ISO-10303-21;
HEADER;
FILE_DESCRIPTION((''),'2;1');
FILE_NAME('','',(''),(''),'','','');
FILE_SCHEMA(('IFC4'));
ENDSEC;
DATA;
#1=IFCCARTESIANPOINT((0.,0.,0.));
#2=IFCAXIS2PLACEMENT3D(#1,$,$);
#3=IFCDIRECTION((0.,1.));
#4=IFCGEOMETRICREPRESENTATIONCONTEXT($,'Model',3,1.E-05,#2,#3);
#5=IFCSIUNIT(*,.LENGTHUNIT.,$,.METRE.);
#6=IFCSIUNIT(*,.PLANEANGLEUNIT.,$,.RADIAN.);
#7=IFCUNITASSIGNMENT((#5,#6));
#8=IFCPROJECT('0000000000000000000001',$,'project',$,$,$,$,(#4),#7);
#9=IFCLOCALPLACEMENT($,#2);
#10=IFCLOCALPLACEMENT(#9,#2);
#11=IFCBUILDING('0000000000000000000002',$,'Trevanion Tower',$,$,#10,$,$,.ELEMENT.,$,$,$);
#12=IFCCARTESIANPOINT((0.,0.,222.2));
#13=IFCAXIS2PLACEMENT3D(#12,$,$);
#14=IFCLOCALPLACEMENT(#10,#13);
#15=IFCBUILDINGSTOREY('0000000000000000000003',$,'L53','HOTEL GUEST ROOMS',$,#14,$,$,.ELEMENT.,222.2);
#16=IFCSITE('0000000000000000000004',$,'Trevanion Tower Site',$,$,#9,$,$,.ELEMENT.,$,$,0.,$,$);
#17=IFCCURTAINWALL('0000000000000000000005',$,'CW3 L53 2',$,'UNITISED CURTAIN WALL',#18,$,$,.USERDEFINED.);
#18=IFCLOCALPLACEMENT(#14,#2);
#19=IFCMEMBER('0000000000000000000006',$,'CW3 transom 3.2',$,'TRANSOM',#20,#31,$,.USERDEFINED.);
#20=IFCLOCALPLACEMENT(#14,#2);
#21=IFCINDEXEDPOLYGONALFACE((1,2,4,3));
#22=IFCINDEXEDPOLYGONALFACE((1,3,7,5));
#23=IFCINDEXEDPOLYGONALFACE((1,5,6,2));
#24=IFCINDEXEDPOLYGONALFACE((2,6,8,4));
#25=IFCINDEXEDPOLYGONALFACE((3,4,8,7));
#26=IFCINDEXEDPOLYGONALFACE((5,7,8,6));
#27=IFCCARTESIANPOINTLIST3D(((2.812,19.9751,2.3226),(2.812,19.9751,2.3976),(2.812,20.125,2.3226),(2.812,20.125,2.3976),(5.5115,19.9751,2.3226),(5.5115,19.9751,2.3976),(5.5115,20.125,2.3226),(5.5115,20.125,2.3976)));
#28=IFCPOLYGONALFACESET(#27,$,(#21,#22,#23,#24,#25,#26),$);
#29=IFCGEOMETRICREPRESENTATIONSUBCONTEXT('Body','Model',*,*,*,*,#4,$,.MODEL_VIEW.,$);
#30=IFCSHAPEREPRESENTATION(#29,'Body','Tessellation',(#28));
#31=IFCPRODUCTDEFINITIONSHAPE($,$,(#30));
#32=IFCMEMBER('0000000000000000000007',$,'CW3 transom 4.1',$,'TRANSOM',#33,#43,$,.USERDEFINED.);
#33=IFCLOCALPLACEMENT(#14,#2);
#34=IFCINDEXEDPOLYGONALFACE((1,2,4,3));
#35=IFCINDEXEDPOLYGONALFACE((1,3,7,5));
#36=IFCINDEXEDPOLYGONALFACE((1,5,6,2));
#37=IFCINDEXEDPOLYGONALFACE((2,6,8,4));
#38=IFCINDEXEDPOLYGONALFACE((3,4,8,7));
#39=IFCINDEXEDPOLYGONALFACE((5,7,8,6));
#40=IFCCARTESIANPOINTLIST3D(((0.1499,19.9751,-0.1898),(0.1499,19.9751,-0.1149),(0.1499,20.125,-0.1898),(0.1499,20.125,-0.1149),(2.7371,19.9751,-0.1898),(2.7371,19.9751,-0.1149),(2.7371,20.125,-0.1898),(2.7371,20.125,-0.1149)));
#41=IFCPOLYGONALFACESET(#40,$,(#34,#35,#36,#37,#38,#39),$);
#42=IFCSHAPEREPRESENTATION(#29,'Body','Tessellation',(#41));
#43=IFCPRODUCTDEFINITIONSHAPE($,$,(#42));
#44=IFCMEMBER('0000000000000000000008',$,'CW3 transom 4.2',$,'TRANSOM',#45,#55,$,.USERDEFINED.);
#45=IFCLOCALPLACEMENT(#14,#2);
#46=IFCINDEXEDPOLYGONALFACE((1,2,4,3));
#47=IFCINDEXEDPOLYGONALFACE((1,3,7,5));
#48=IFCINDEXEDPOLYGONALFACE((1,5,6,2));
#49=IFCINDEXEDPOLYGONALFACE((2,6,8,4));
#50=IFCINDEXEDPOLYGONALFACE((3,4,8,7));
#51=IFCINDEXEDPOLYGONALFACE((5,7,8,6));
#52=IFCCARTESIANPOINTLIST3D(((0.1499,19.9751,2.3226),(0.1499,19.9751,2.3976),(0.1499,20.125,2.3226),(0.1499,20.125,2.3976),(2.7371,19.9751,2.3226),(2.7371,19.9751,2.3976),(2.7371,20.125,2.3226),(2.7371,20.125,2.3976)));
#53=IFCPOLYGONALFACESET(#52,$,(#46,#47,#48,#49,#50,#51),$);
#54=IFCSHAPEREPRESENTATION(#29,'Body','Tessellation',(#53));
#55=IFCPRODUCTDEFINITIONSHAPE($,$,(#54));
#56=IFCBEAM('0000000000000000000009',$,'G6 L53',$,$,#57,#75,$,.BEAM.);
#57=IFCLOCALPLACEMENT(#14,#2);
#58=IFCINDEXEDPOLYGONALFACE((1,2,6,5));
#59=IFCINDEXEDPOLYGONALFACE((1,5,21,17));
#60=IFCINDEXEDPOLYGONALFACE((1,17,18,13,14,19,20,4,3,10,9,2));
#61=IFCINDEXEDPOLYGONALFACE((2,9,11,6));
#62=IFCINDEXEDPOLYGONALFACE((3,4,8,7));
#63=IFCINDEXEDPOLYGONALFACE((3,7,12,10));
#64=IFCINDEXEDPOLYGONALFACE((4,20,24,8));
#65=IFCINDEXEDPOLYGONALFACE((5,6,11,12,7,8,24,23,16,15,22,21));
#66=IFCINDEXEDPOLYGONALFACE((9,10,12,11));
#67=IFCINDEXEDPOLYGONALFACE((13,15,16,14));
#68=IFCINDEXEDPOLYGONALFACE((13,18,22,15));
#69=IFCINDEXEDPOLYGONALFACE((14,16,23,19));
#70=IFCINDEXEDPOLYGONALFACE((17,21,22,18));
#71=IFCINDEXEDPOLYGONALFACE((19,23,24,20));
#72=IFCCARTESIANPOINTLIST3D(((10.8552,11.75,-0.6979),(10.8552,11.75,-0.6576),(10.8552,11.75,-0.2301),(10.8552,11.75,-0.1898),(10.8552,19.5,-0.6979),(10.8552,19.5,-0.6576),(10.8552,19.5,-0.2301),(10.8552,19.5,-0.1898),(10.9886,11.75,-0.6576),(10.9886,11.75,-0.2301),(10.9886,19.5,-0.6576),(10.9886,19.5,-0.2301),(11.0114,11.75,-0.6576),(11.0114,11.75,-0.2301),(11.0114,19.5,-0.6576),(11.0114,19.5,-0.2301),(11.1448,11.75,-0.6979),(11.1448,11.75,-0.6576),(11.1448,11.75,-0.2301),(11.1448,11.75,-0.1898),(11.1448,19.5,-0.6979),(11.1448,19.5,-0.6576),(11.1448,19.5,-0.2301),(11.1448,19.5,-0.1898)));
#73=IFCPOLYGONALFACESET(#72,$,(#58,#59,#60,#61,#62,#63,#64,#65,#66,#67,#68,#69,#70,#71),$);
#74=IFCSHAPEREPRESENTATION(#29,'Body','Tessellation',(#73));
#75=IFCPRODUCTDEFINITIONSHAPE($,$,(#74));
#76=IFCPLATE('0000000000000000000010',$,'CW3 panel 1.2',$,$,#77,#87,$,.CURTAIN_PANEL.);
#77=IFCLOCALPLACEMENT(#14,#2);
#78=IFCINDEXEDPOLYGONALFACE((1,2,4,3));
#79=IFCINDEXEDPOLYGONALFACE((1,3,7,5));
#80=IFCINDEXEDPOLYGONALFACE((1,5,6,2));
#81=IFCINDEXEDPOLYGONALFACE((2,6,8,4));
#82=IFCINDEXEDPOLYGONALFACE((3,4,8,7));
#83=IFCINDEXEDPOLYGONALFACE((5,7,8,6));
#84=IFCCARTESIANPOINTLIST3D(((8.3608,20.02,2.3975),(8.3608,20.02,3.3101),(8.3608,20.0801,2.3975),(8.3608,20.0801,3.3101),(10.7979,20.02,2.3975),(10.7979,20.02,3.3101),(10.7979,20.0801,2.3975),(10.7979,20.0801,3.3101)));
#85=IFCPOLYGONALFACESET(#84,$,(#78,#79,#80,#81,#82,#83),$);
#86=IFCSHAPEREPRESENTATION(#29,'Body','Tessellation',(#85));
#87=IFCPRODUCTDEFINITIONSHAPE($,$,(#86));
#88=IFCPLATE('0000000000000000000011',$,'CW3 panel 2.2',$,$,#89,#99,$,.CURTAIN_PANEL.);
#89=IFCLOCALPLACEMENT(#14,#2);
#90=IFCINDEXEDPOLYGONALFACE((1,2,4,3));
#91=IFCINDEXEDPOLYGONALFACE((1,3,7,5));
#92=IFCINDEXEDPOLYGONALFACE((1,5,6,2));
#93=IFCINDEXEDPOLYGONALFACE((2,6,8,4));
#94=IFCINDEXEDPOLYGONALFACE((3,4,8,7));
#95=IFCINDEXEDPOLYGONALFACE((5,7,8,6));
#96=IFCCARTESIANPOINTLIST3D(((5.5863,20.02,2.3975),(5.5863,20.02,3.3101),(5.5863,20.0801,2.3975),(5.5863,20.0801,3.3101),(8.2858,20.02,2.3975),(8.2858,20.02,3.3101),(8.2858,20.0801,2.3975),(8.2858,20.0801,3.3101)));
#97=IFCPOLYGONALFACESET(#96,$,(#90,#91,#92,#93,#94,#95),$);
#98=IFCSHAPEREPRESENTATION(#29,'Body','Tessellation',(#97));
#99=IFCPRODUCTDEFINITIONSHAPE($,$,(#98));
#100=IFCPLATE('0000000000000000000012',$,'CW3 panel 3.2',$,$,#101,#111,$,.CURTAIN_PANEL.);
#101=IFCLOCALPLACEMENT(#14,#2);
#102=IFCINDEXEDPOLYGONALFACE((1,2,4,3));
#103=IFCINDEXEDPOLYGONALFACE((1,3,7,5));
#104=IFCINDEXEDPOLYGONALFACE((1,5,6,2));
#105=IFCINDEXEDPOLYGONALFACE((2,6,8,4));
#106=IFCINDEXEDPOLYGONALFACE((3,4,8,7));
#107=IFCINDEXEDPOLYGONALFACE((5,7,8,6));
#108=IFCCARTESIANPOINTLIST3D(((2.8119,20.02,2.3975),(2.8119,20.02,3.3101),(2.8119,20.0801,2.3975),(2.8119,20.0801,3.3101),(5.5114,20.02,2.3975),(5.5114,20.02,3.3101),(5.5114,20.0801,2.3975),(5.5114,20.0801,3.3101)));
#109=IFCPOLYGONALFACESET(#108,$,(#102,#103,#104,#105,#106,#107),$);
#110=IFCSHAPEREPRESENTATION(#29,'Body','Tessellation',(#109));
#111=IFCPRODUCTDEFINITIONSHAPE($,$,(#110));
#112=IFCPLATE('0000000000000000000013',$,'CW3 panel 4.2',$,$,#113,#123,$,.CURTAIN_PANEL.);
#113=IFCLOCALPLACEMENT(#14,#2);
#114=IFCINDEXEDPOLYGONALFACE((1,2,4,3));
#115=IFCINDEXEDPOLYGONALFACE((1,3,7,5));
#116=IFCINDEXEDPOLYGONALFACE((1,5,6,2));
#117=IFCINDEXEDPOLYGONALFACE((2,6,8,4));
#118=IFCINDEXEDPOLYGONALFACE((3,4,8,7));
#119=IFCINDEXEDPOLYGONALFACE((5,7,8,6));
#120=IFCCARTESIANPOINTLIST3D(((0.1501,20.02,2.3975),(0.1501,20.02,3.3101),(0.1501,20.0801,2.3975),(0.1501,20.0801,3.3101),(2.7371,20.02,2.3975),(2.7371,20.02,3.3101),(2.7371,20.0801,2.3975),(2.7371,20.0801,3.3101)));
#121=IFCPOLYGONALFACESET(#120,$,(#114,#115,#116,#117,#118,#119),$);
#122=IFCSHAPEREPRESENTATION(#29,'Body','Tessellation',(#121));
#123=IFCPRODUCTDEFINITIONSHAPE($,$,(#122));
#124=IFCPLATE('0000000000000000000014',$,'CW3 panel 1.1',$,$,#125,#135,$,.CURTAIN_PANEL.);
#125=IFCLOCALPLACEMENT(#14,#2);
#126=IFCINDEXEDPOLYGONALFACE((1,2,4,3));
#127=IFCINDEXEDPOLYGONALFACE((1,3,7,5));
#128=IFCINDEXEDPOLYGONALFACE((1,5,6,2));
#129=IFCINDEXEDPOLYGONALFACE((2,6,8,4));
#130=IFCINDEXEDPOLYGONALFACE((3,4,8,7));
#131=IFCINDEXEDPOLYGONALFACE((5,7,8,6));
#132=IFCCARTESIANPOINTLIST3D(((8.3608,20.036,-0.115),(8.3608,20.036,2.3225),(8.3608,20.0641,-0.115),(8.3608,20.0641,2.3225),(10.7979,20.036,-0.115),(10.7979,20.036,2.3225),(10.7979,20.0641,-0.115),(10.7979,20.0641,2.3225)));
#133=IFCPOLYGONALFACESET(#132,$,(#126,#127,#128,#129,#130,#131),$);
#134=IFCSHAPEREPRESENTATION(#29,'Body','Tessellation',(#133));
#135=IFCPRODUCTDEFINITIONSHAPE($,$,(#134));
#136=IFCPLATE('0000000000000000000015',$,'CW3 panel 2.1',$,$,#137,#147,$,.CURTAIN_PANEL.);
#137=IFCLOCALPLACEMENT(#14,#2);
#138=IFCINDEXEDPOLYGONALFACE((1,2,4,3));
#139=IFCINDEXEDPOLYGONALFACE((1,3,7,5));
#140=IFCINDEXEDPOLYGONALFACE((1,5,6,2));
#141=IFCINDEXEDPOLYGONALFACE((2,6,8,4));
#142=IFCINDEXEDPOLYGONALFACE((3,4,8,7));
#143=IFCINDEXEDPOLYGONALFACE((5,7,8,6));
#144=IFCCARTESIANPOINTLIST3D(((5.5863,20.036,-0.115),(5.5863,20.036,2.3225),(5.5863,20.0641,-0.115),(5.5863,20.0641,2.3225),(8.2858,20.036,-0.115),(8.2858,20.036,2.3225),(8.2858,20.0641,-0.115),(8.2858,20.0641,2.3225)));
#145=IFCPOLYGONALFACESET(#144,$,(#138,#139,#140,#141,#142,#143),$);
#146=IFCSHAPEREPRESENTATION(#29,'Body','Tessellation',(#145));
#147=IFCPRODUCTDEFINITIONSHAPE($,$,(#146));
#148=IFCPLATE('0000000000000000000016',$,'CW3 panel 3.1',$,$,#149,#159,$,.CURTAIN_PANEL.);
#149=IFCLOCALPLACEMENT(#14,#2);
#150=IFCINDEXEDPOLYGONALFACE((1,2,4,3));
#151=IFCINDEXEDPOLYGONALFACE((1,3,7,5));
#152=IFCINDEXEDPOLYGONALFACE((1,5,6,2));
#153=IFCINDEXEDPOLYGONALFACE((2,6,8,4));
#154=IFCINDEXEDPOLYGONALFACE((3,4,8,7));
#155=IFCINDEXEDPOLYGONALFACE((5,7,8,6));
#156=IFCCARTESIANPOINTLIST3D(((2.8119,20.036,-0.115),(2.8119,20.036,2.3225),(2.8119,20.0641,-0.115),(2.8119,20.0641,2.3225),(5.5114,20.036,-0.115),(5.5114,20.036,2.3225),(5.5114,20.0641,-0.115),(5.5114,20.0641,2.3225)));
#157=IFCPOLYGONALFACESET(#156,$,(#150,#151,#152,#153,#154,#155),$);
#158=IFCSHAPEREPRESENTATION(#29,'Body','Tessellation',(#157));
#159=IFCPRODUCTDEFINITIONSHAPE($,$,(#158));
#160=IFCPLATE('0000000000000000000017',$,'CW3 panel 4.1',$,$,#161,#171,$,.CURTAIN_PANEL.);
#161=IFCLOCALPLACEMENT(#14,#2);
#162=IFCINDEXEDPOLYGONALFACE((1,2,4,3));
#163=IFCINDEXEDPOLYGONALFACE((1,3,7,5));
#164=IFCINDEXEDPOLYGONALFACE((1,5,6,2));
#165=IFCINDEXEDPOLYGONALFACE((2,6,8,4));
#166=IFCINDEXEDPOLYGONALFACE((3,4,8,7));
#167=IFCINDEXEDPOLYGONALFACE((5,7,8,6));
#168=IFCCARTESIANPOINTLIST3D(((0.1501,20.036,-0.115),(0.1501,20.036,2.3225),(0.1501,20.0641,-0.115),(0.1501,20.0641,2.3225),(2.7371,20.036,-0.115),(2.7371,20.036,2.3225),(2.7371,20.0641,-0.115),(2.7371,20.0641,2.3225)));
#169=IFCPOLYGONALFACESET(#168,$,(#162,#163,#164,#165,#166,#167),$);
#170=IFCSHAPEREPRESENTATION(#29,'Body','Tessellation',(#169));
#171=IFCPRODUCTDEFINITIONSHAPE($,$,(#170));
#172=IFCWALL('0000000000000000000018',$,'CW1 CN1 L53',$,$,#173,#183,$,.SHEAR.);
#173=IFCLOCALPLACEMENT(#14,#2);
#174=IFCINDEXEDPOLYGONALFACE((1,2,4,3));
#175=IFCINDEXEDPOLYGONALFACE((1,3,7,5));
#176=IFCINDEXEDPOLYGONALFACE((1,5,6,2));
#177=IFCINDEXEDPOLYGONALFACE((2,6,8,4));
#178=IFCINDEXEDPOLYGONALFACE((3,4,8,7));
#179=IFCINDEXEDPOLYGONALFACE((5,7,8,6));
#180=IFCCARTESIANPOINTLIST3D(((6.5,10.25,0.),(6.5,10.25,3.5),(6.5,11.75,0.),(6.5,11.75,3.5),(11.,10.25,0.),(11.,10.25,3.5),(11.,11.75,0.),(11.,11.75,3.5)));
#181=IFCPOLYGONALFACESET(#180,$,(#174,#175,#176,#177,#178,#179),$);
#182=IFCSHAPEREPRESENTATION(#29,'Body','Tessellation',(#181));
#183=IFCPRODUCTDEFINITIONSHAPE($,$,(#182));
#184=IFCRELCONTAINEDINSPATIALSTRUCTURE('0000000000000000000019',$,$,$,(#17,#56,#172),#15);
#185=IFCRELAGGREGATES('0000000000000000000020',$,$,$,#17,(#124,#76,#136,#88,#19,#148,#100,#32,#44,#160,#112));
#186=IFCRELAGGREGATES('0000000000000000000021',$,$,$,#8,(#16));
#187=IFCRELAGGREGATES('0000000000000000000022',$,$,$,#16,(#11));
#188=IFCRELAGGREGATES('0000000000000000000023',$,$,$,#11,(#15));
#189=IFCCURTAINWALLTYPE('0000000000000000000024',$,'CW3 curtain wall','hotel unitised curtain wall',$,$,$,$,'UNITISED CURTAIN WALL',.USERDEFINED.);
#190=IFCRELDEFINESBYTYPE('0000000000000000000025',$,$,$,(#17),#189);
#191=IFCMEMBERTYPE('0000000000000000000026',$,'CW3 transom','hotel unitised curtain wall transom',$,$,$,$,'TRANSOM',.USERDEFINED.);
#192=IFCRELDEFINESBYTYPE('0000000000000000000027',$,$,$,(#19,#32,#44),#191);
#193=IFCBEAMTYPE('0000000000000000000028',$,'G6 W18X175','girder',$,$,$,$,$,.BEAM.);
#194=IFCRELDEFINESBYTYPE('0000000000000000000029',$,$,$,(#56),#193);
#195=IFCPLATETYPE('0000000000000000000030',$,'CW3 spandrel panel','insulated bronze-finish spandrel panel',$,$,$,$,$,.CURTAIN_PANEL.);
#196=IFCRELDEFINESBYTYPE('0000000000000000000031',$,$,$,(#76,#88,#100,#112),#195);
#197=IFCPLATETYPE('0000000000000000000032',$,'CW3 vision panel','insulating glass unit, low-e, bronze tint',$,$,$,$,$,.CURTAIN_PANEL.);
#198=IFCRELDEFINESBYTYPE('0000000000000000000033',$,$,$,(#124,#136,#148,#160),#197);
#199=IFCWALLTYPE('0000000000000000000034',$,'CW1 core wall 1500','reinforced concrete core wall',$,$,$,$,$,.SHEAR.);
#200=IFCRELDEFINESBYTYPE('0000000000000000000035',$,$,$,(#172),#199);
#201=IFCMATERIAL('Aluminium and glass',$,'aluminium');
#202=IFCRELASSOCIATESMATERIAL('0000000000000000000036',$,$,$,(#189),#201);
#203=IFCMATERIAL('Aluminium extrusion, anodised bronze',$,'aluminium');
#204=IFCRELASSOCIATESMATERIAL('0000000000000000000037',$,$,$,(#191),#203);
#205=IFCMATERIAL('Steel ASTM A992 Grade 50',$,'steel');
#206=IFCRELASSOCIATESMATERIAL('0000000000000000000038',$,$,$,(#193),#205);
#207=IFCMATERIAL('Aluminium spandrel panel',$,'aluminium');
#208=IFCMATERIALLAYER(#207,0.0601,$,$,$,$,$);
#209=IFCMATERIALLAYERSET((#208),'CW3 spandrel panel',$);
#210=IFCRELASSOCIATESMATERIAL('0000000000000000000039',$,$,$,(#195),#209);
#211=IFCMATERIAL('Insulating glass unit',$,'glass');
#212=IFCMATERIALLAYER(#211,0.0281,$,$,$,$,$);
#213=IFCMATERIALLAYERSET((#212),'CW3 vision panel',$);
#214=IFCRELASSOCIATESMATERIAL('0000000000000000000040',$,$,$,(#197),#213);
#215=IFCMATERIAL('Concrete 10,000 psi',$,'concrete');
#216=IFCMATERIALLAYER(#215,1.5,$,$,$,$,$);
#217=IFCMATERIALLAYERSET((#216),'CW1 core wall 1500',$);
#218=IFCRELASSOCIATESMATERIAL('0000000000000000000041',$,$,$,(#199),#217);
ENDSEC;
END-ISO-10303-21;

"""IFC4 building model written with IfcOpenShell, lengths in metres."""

from ifc_helpers import new_model, si_unit, direction, frame, frame_2d, origin, origin_2d, place, context, subcontext, project, spatial, rectangle, i_section, extrude, material, layer, layer_set, material_profile, profile_set, type_object, element, aggregate, save


model = new_model("IFC4")

# Units and contexts
model_context = context("Model", 3, precision=1e-05, world=origin(), true_north=direction((0.0, 1.0)))
body_context = subcontext(model_context, "Body", "Model", "MODEL_VIEW")
ifc_project = project(units=[si_unit("LENGTHUNIT", "METRE"), si_unit("PLANEANGLEUNIT", "RADIAN")], contexts=[model_context])

# Site, building, storey
site_placement = place(None, origin())
site = spatial("IfcSite", under=ifc_project, at=site_placement, Name="Trevanion Tower Site", CompositionType="ELEMENT", RefElevation=0.0)
building_placement = place(site_placement, origin())
building = spatial("IfcBuilding", under=site, at=building_placement, Name="Trevanion Tower", CompositionType="ELEMENT")
storey_placement = place(building_placement, frame((0.0, 0.0, 222.2)))
storey = spatial("IfcBuildingStorey", under=building, at=storey_placement, Name="L53", Description="HOTEL GUEST ROOMS", CompositionType="ELEMENT", Elevation=222.2)

# Curtain wall, members
ifc_material_1 = material(Name="Aluminium and glass", Category="aluminium")
curtain_wall_type = type_object("IfcCurtainWallType", Name="CW3 curtain wall", Description="hotel unitised curtain wall", ElementType="UNITISED CURTAIN WALL", PredefinedType="USERDEFINED", material=ifc_material_1)
curtain_wall_placement = place(storey_placement, origin())
curtain_wall = element("IfcCurtainWall", 1, at=curtain_wall_placement, inside=storey, type_object=curtain_wall_type, Name="CW3 L53 2", ObjectType="UNITISED CURTAIN WALL", PredefinedType="USERDEFINED")
ifc_material_2 = material(Name="Aluminium extrusion, anodised bronze", Category="aluminium")
ifc_material_profile_1 = material_profile(ifc_material_2, rectangle(XDim=0.1499, YDim=0.075, at=origin_2d()), Name="CW3 transom")
ifc_profile_set_1 = profile_set([ifc_material_profile_1], Name="Aluminium extrusion, anodised bronze")
member_type_1 = type_object("IfcMemberType", Name="CW3 transom", Description="hotel unitised curtain wall transom", ElementType="TRANSOM", PredefinedType="USERDEFINED", material=ifc_profile_set_1)
member_1_placement = place(storey_placement, frame((5.5115, 20.05, 2.3601), z_axis=(-1.0, 0.0, 0.0), x_axis=(0.0, -1.0, 0.0)))
member_1 = element("IfcMember", 2, at=member_1_placement, type_object=member_type_1, Name="CW3 transom 3.2", ObjectType="TRANSOM", PredefinedType="USERDEFINED", context=body_context, shape_type="SweptSolid", body=[
    extrude(rectangle(XDim=0.1499, YDim=0.075, at=origin_2d()), origin(), (0.0, 0.0, 1.0), 2.6995),
])
member_2_placement = place(storey_placement, frame((2.7371, 20.05, -0.1523), z_axis=(-1.0, 0.0, 0.0), x_axis=(0.0, -1.0, 0.0)))
member_2 = element("IfcMember", 3, at=member_2_placement, type_object=member_type_1, Name="CW3 transom 4.1", ObjectType="TRANSOM", PredefinedType="USERDEFINED", context=body_context, shape_type="SweptSolid", body=[
    extrude(rectangle(XDim=0.1499, YDim=0.075, at=origin_2d()), origin(), (0.0, 0.0, 1.0), 2.5872),
])
member_3_placement = place(storey_placement, frame((2.7371, 20.05, 2.3601), z_axis=(-1.0, 0.0, 0.0), x_axis=(0.0, -1.0, 0.0)))
member_3 = element("IfcMember", 4, at=member_3_placement, type_object=member_type_1, Name="CW3 transom 4.2", ObjectType="TRANSOM", PredefinedType="USERDEFINED", context=body_context, shape_type="SweptSolid", body=[
    extrude(rectangle(XDim=0.1499, YDim=0.075, at=origin_2d()), origin(), (0.0, 0.0, 1.0), 2.5872),
])

# Beam
ifc_material_3 = material(Name="Steel ASTM A992 Grade 50", Category="steel")
ifc_material_profile_2 = material_profile(ifc_material_3, i_section(OverallWidth=0.2896, OverallDepth=0.5081, WebThickness=0.0227, FlangeThickness=0.0403, at=origin_2d()), Name="W18X175")
ifc_profile_set_2 = profile_set([ifc_material_profile_2], Name="Steel ASTM A992 Grade 50")
beam_type_1 = type_object("IfcBeamType", Name="G6 W18X175", Description="girder", PredefinedType="BEAM", material=ifc_profile_set_2)
beam_placement = place(storey_placement, frame((11.0, 11.75, -0.4438), z_axis=(0.0, 1.0, 0.0), x_axis=(-1.0, 0.0, 0.0)))
element("IfcBeam", 5, at=beam_placement, inside=storey, type_object=beam_type_1, Name="G6 L53", PredefinedType="BEAM", context=body_context, shape_type="SweptSolid", body=[
    extrude(i_section(OverallWidth=0.2896, OverallDepth=0.5081, WebThickness=0.0227, FlangeThickness=0.0403, at=origin_2d()), origin(), (0.0, 0.0, 1.0), 7.75),
])

# Plates
ifc_material_4 = material(Name="Aluminium spandrel panel", Category="aluminium")
ifc_layer_1 = layer(ifc_material_4, 0.0601)
ifc_layer_set_1 = layer_set([ifc_layer_1], Name="CW3 spandrel panel")
plate_type_1 = type_object("IfcPlateType", Name="CW3 spandrel panel", Description="insulated bronze-finish spandrel panel", PredefinedType="CURTAIN_PANEL", material=ifc_layer_set_1)
plate_1_placement = place(storey_placement, frame((9.5793, 20.05, 2.3975), z_axis=(0.0, 0.0, 1.0), x_axis=(-1.0, 0.0, 0.0)))
plate_1 = element("IfcPlate", 6, at=plate_1_placement, type_object=plate_type_1, Name="CW3 panel 1.2", PredefinedType="CURTAIN_PANEL", context=body_context, shape_type="SweptSolid", body=[
    extrude(rectangle(XDim=2.437, YDim=0.0601, at=origin_2d()), origin(), (0.0, 0.0, 1.0), 0.9126),
])
plate_2_placement = place(storey_placement, frame((6.936, 20.05, 2.3975), z_axis=(0.0, 0.0, 1.0), x_axis=(-1.0, 0.0, 0.0)))
plate_2 = element("IfcPlate", 7, at=plate_2_placement, type_object=plate_type_1, Name="CW3 panel 2.2", PredefinedType="CURTAIN_PANEL", context=body_context, shape_type="SweptSolid", body=[
    extrude(rectangle(XDim=2.6995, YDim=0.0601, at=origin_2d()), origin(), (0.0, 0.0, 1.0), 0.9126),
])
plate_3_placement = place(storey_placement, frame((4.1616, 20.05, 2.3975), z_axis=(0.0, 0.0, 1.0), x_axis=(-1.0, 0.0, 0.0)))
plate_3 = element("IfcPlate", 8, at=plate_3_placement, type_object=plate_type_1, Name="CW3 panel 3.2", PredefinedType="CURTAIN_PANEL", context=body_context, shape_type="SweptSolid", body=[
    extrude(rectangle(XDim=2.6995, YDim=0.0601, at=origin_2d()), origin(), (0.0, 0.0, 1.0), 0.9126),
])
plate_4_placement = place(storey_placement, frame((1.4436, 20.05, 2.3975), z_axis=(0.0, 0.0, 1.0), x_axis=(-1.0, 0.0, 0.0)))
plate_4 = element("IfcPlate", 9, at=plate_4_placement, type_object=plate_type_1, Name="CW3 panel 4.2", PredefinedType="CURTAIN_PANEL", context=body_context, shape_type="SweptSolid", body=[
    extrude(rectangle(XDim=2.5869, YDim=0.0601, at=origin_2d()), origin(), (0.0, 0.0, 1.0), 0.9126),
])
ifc_material_5 = material(Name="Insulating glass unit", Category="glass")
ifc_layer_2 = layer(ifc_material_5, 0.0281)
ifc_layer_set_2 = layer_set([ifc_layer_2], Name="CW3 vision panel")
plate_type_2 = type_object("IfcPlateType", Name="CW3 vision panel", Description="insulating glass unit, low-e, bronze tint", PredefinedType="CURTAIN_PANEL", material=ifc_layer_set_2)
plate_5_placement = place(storey_placement, frame((9.5793, 20.05, -0.115), z_axis=(0.0, 0.0, 1.0), x_axis=(-1.0, 0.0, 0.0)))
plate_5 = element("IfcPlate", 10, at=plate_5_placement, type_object=plate_type_2, Name="CW3 panel 1.1", PredefinedType="CURTAIN_PANEL", context=body_context, shape_type="SweptSolid", body=[
    extrude(rectangle(XDim=2.437, YDim=0.0281, at=origin_2d()), origin(), (0.0, 0.0, 1.0), 2.4375),
])
plate_6_placement = place(storey_placement, frame((6.936, 20.05, -0.115), z_axis=(0.0, 0.0, 1.0), x_axis=(-1.0, 0.0, 0.0)))
plate_6 = element("IfcPlate", 11, at=plate_6_placement, type_object=plate_type_2, Name="CW3 panel 2.1", PredefinedType="CURTAIN_PANEL", context=body_context, shape_type="SweptSolid", body=[
    extrude(rectangle(XDim=2.6995, YDim=0.0281, at=origin_2d()), origin(), (0.0, 0.0, 1.0), 2.4375),
])
plate_7_placement = place(storey_placement, frame((4.1616, 20.05, -0.115), z_axis=(0.0, 0.0, 1.0), x_axis=(-1.0, 0.0, 0.0)))
plate_7 = element("IfcPlate", 12, at=plate_7_placement, type_object=plate_type_2, Name="CW3 panel 3.1", PredefinedType="CURTAIN_PANEL", context=body_context, shape_type="SweptSolid", body=[
    extrude(rectangle(XDim=2.6995, YDim=0.0281, at=origin_2d()), origin(), (0.0, 0.0, 1.0), 2.4375),
])
plate_8_placement = place(storey_placement, frame((1.4436, 20.05, -0.115), z_axis=(0.0, 0.0, 1.0), x_axis=(-1.0, 0.0, 0.0)))
plate_8 = element("IfcPlate", 13, at=plate_8_placement, type_object=plate_type_2, Name="CW3 panel 4.1", PredefinedType="CURTAIN_PANEL", context=body_context, shape_type="SweptSolid", body=[
    extrude(rectangle(XDim=2.5869, YDim=0.0281, at=origin_2d()), origin(), (0.0, 0.0, 1.0), 2.4375),
])
aggregate(curtain_wall, [plate_5, plate_1, plate_6, plate_2, member_1, plate_7, plate_3, member_2, member_3, plate_8, plate_4])

# Wall
ifc_material_6 = material(Name="Concrete 10,000 psi", Category="concrete")
ifc_layer_3 = layer(ifc_material_6, 1.5)
ifc_layer_set_3 = layer_set([ifc_layer_3], Name="CW1 core wall 1500")
wall_type_1 = type_object("IfcWallType", Name="CW1 core wall 1500", Description="reinforced concrete core wall", PredefinedType="SHEAR", material=ifc_layer_set_3)
wall_1_placement = place(storey_placement, frame((11.0, 11.0, 0.0), z_axis=(0.0, 0.0, 1.0), x_axis=(-1.0, 0.0, 0.0)))
element("IfcWall", 14, at=wall_1_placement, inside=storey, type_object=wall_type_1, Name="CW1 CN1 L53", PredefinedType="SHEAR", context=body_context, shape_type="SweptSolid", body=[
    extrude(rectangle(XDim=4.5, YDim=1.5, at=frame_2d((2.25, 0.0))), origin(), (0.0, 0.0, 1.0), 3.5),
])

save(model, "model.ifc")
